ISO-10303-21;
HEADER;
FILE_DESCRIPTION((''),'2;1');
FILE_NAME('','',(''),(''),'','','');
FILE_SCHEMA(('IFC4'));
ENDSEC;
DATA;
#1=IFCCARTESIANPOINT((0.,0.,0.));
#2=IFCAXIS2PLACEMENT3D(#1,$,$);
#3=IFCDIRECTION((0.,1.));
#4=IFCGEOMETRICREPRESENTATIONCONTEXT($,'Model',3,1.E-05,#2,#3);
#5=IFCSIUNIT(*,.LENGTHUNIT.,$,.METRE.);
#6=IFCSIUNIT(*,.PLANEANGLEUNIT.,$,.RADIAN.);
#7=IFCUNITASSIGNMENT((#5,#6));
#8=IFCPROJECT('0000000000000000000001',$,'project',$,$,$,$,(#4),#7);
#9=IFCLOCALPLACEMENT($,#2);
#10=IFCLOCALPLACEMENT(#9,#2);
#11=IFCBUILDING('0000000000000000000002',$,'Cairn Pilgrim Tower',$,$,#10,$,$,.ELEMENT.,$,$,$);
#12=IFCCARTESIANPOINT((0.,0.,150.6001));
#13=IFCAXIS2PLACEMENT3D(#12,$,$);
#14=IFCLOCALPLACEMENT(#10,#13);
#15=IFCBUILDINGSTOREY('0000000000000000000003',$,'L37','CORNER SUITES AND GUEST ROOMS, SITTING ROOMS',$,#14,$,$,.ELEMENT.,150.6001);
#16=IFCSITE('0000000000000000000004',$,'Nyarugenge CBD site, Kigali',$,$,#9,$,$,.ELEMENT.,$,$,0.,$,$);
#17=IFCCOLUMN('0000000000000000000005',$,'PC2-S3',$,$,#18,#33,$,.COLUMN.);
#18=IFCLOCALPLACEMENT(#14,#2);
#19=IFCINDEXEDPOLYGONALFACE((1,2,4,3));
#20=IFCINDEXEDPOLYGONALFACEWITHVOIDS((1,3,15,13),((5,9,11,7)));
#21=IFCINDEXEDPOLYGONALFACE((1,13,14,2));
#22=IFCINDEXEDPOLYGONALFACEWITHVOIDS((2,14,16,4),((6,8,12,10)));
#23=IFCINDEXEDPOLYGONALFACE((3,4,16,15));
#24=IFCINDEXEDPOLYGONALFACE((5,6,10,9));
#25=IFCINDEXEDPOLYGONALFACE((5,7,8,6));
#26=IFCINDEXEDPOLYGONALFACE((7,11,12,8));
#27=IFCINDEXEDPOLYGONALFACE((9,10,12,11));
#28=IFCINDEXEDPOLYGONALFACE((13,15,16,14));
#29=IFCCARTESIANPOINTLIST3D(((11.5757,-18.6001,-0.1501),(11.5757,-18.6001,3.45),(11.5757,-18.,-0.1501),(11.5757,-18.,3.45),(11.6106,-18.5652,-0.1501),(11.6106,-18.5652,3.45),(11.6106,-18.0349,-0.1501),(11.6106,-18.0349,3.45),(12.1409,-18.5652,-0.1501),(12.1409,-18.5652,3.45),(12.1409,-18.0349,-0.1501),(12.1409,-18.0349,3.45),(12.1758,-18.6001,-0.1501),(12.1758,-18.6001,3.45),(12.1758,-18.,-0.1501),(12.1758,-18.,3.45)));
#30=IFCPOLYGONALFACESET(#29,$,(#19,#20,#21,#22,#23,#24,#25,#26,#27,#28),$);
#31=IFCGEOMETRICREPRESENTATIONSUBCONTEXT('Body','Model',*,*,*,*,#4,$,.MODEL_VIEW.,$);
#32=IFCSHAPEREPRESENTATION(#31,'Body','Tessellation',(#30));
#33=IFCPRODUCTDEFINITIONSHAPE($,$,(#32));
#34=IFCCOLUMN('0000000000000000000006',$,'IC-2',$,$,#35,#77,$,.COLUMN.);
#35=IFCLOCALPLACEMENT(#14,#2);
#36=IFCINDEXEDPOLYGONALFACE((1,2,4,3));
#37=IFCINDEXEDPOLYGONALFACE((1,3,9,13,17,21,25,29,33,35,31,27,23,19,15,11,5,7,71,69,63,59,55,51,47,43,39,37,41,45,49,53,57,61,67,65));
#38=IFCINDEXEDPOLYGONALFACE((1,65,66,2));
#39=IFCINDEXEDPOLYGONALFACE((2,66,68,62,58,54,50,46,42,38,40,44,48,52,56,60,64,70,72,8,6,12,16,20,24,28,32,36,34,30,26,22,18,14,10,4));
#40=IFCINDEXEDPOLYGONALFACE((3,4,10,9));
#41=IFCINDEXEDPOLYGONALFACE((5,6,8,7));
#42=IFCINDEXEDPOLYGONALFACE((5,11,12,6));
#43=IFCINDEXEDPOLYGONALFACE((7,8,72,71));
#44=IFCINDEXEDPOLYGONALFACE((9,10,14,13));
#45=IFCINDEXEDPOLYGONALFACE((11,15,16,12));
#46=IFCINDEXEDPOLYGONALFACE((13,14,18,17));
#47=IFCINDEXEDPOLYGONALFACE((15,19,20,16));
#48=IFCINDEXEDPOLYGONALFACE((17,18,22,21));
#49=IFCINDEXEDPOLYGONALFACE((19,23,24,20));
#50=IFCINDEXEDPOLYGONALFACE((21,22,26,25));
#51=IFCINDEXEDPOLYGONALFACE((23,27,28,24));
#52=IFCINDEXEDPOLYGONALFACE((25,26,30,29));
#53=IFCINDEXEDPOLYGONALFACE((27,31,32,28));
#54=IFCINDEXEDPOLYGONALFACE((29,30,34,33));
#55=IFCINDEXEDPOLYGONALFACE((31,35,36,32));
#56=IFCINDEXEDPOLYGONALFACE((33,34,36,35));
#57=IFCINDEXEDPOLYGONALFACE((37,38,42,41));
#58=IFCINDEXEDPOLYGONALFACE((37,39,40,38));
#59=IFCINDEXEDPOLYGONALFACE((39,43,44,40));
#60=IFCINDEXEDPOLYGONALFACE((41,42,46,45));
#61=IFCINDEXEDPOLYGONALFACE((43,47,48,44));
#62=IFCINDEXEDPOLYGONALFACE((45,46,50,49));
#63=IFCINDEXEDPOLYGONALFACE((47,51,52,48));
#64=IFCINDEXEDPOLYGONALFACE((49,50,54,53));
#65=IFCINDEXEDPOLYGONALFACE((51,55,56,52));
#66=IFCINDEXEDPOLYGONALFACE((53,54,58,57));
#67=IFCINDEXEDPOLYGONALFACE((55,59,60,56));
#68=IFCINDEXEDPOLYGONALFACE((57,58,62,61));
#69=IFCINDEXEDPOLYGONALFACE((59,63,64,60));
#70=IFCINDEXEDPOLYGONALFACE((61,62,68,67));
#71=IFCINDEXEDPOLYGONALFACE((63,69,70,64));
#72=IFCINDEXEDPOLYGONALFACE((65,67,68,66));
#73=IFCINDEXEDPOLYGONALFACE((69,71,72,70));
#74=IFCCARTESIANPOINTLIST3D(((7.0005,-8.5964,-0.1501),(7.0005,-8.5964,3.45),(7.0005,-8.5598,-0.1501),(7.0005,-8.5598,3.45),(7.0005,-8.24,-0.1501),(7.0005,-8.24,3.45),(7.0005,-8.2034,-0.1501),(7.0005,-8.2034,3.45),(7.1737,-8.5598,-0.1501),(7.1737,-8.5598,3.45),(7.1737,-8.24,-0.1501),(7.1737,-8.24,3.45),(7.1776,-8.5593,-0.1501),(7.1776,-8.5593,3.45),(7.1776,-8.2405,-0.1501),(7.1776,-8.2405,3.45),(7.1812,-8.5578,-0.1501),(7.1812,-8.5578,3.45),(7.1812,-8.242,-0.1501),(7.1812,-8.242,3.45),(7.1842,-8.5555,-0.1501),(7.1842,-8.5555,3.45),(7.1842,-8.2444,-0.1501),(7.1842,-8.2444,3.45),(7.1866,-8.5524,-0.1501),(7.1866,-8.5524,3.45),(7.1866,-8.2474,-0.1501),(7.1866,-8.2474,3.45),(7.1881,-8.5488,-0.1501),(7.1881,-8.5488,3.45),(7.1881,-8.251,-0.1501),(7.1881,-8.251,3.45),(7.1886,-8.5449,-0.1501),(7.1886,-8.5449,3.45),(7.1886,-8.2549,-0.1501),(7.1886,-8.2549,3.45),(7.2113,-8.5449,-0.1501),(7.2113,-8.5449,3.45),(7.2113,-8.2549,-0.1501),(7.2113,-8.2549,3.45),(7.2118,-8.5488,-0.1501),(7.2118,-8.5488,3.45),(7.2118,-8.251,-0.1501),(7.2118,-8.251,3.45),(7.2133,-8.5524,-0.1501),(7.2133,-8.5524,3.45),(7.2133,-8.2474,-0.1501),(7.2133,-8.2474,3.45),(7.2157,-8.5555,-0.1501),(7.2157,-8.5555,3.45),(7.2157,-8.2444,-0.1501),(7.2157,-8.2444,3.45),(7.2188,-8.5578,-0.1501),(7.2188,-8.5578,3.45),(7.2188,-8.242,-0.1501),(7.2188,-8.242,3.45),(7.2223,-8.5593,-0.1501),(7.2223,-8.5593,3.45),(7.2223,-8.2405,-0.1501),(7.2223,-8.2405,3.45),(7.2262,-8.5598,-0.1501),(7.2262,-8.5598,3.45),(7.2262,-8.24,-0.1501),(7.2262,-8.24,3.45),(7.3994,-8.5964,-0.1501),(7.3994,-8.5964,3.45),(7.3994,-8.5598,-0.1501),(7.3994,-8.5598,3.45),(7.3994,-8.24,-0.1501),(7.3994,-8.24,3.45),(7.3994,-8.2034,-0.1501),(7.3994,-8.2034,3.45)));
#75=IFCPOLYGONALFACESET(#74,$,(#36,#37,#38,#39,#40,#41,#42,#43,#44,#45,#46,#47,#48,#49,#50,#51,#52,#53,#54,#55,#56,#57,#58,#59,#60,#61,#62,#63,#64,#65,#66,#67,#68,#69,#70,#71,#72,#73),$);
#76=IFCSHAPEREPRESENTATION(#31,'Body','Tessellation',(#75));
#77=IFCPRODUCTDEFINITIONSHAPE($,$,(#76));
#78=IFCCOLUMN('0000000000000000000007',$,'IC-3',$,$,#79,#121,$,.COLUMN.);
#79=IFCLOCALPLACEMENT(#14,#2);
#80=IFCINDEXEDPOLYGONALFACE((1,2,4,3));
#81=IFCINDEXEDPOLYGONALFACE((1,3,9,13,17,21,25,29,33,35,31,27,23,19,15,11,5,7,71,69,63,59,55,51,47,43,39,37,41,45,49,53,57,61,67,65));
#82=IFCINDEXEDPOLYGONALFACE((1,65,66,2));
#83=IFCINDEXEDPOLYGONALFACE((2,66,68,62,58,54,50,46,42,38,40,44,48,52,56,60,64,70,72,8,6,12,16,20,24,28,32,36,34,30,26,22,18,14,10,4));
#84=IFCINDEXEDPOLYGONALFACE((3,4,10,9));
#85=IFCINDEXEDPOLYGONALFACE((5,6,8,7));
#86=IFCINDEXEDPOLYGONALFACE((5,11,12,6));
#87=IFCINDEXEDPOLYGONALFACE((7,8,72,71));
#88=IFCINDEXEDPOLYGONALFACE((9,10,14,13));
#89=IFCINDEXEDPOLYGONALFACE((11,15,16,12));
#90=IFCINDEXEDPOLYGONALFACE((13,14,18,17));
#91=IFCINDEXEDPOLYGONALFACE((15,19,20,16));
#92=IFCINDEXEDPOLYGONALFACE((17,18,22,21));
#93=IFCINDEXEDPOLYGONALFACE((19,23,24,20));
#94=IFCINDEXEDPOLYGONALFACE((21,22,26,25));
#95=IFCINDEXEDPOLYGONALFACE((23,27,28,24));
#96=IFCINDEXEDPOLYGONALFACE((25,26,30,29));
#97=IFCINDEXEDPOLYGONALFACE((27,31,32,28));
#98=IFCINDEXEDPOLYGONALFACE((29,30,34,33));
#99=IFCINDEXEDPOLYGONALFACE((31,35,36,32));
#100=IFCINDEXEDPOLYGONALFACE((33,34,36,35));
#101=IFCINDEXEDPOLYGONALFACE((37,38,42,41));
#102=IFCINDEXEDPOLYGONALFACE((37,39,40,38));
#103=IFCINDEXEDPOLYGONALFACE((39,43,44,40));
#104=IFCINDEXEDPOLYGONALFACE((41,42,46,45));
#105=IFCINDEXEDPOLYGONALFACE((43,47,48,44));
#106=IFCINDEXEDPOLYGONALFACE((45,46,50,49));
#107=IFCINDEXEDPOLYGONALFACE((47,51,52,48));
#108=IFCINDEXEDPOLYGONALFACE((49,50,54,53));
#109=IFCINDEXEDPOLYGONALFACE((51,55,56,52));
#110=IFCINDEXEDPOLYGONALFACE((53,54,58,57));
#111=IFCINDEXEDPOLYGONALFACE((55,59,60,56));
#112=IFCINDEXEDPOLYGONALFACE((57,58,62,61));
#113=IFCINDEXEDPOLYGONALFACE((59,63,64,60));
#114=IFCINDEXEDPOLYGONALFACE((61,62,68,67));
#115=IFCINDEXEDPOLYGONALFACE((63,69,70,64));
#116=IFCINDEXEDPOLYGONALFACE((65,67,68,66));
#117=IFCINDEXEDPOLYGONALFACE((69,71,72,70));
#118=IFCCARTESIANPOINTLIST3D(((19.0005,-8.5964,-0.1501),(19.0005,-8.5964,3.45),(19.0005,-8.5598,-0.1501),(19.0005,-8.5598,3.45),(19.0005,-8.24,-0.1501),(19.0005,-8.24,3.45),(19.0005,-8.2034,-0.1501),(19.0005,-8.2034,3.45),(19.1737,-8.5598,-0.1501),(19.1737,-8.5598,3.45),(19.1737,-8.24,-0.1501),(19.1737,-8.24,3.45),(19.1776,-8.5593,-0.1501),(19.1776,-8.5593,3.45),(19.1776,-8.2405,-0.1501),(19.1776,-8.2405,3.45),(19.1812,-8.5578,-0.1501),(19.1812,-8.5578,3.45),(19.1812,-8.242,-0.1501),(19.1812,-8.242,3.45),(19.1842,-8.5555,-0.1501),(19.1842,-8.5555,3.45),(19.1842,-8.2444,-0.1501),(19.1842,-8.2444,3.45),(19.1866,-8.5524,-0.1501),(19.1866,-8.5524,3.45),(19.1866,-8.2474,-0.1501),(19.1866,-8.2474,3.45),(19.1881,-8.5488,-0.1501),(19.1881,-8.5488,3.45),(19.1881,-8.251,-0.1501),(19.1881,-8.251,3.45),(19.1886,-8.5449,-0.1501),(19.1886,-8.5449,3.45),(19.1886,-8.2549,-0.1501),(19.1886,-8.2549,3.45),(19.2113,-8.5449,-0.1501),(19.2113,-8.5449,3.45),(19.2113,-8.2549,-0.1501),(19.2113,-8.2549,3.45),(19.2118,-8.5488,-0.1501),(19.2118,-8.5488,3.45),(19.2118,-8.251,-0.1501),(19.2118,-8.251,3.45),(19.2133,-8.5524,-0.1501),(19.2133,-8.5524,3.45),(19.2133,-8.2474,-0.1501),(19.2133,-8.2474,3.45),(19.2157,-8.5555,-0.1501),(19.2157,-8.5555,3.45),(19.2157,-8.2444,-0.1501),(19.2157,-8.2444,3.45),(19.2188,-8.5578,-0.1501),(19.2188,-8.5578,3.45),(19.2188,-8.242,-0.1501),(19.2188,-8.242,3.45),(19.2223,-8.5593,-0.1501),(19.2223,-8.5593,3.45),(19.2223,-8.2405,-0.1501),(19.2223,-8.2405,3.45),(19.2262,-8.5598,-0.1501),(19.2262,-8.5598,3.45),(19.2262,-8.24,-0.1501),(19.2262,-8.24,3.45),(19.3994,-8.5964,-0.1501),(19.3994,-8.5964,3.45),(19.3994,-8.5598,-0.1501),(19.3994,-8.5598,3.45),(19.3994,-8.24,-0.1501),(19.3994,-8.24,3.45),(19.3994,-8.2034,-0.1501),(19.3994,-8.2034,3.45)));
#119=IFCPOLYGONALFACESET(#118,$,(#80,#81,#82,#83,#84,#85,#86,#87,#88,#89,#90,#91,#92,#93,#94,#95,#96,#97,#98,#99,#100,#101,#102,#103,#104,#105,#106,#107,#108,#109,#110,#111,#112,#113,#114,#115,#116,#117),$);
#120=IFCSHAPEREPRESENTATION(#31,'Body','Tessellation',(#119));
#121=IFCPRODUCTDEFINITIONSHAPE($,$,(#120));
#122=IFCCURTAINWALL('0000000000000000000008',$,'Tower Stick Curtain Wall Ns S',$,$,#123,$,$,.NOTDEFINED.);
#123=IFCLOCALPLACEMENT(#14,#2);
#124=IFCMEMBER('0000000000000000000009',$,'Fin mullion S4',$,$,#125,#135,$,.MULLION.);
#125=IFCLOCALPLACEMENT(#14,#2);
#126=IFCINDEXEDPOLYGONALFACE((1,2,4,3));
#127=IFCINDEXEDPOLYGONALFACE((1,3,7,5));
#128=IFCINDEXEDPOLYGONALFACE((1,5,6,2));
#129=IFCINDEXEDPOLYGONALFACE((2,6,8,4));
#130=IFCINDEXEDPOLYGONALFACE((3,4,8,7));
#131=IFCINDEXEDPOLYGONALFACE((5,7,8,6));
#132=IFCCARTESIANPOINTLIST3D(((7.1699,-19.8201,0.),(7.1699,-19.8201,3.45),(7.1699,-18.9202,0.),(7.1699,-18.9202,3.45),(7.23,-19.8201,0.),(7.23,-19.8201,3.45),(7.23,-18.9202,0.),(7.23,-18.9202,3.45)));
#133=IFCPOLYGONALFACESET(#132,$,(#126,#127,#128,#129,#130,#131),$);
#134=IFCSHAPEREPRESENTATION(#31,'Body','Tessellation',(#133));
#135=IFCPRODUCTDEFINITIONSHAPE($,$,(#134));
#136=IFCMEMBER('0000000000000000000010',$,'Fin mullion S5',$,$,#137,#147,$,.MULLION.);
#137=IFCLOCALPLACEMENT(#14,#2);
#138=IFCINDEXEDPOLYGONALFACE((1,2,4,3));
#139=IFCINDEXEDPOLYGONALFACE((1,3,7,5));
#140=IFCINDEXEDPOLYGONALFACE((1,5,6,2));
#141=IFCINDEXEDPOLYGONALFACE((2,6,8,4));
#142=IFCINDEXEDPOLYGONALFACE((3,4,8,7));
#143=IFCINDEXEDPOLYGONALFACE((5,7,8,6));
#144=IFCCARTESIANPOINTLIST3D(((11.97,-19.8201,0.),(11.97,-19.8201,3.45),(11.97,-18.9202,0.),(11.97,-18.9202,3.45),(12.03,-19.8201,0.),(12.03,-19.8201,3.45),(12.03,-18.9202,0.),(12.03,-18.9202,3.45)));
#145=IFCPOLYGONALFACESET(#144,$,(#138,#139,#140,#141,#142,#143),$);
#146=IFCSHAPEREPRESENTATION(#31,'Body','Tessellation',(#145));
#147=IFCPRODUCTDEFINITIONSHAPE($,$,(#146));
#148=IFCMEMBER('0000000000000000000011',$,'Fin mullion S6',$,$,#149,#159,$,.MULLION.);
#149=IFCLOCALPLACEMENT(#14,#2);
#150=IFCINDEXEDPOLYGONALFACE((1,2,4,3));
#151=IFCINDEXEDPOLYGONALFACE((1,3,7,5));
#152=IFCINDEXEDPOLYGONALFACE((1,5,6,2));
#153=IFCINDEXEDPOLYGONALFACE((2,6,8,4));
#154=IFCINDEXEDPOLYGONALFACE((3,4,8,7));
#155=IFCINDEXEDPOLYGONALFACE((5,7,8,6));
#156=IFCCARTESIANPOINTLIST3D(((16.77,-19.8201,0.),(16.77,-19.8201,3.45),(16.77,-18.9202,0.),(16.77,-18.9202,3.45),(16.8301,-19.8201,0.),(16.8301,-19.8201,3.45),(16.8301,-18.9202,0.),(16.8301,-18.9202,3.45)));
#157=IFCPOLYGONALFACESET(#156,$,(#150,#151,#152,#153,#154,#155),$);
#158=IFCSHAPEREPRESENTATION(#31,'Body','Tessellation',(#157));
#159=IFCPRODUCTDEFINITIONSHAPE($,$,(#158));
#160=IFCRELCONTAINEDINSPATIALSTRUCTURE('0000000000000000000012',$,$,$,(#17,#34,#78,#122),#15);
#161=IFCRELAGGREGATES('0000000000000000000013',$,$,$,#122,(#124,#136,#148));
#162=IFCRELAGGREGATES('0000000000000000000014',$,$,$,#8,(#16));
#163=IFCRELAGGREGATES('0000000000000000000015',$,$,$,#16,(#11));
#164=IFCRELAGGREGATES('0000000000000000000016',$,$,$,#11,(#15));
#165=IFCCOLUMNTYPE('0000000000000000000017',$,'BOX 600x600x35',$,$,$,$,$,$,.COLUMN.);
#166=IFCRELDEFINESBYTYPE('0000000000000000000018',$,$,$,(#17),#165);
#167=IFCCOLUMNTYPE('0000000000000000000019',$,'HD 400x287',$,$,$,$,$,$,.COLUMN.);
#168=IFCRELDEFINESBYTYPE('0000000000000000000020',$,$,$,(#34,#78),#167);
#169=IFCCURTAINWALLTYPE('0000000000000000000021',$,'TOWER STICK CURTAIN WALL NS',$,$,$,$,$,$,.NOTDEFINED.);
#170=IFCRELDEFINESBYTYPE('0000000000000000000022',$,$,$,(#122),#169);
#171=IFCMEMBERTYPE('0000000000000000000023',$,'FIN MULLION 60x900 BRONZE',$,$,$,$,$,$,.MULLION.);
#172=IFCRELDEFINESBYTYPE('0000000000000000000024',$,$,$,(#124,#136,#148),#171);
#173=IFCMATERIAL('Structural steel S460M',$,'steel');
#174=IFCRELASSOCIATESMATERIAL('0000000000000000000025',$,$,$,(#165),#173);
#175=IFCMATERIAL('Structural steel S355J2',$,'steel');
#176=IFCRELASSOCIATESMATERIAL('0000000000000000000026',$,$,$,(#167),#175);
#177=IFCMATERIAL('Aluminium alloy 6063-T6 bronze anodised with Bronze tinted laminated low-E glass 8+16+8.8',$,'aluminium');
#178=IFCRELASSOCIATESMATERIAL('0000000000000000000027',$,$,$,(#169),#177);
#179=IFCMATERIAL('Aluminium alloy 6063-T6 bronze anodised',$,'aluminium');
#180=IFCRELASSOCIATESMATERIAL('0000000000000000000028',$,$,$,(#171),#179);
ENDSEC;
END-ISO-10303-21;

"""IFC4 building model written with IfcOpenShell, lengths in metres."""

from ifc_helpers import new_model, si_unit, direction, frame, origin, origin_2d, place, context, subcontext, project, spatial, rectangle, hollow_rectangle, i_section, extrude, material, material_profile, profile_set, type_object, element, aggregate, save


model = new_model("IFC4")

# Units and contexts
model_context = context("Model", 3, precision=1e-05, world=origin(), true_north=direction((0.0, 1.0)))
body_context = subcontext(model_context, "Body", "Model", "MODEL_VIEW")
ifc_project = project(units=[si_unit("LENGTHUNIT", "METRE"), si_unit("PLANEANGLEUNIT", "RADIAN")], contexts=[model_context])

# Site, building, storey
site_placement = place(None, origin())
site = spatial("IfcSite", under=ifc_project, at=site_placement, Name="Nyarugenge CBD site, Kigali", CompositionType="ELEMENT", RefElevation=0.0)
building_placement = place(site_placement, origin())
building = spatial("IfcBuilding", under=site, at=building_placement, Name="Cairn Pilgrim Tower", CompositionType="ELEMENT")
storey_placement = place(building_placement, frame((0.0, 0.0, 150.6001)))
storey = spatial("IfcBuildingStorey", under=building, at=storey_placement, Name="L37", Description="CORNER SUITES AND GUEST ROOMS, SITTING ROOMS", CompositionType="ELEMENT", Elevation=150.6001)

# Columns
ifc_material_1 = material(Name="Structural steel S460M", Category="steel")
ifc_material_profile_1 = material_profile(ifc_material_1, hollow_rectangle(XDim=0.6001, YDim=0.6001, WallThickness=0.0349, at=origin_2d()), Name="BOX 600x600x35")
ifc_profile_set_1 = profile_set([ifc_material_profile_1], Name="Structural steel S460M")
column_type_1 = type_object("IfcColumnType", Name="BOX 600x600x35", PredefinedType="COLUMN", material=ifc_profile_set_1)
column_placement = place(storey_placement, frame((11.8757, -18.3, -0.1501), z_axis=(0.0, 0.0, 1.0), x_axis=(1.0, 0.0, 0.0)))
element("IfcColumn", 1, at=column_placement, inside=storey, type_object=column_type_1, Name="PC2-S3", PredefinedType="COLUMN", context=body_context, shape_type="SweptSolid", body=[
    extrude(hollow_rectangle(XDim=0.6001, YDim=0.6001, WallThickness=0.0349, at=origin_2d()), origin(), (0.0, 0.0, 1.0), 3.6001),
])
ifc_material_2 = material(Name="Structural steel S355J2", Category="steel")
ifc_material_profile_2 = material_profile(ifc_material_2, i_section(OverallWidth=0.3989, OverallDepth=0.3931, WebThickness=0.0227, FlangeThickness=0.0366, FilletRadius=0.0149, at=origin_2d()), Name="HD 400x287")
ifc_profile_set_2 = profile_set([ifc_material_profile_2], Name="Structural steel S355J2")
column_type_2 = type_object("IfcColumnType", Name="HD 400x287", PredefinedType="COLUMN", material=ifc_profile_set_2)
for number, where, z_axis, x_axis, name in (
    (2, (7.2, -8.3999, -0.1501), (0.0, 0.0, 1.0), (1.0, 0.0, 0.0), "IC-2"),
    (3, (19.2, -8.3999, -0.1501), (0.0, 0.0, 1.0), (1.0, 0.0, 0.0), "IC-3"),
):
    element("IfcColumn", number, at=place(storey_placement, frame(where, z_axis=z_axis, x_axis=x_axis)), inside=storey, type_object=column_type_2, Name=name, PredefinedType="COLUMN", context=body_context, shape_type="SweptSolid", body=[
        extrude(i_section(OverallWidth=0.3989, OverallDepth=0.3931, WebThickness=0.0227, FlangeThickness=0.0366, FilletRadius=0.0149, at=origin_2d()), origin(), (0.0, 0.0, 1.0), 3.6001),
    ])

# Curtain wall, members
ifc_material_3 = material(Name="Aluminium alloy 6063-T6 bronze anodised with Bronze tinted laminated low-E glass 8+16+8.8", Category="aluminium")
curtain_wall_type = type_object("IfcCurtainWallType", Name="TOWER STICK CURTAIN WALL NS", PredefinedType="NOTDEFINED", material=ifc_material_3)
curtain_wall_placement = place(storey_placement, origin())
curtain_wall = element("IfcCurtainWall", 4, at=curtain_wall_placement, inside=storey, type_object=curtain_wall_type, Name="Tower Stick Curtain Wall Ns S", PredefinedType="NOTDEFINED")
ifc_material_4 = material(Name="Aluminium alloy 6063-T6 bronze anodised", Category="aluminium")
ifc_material_profile_3 = material_profile(ifc_material_4, rectangle(XDim=0.8999, YDim=0.0601, at=origin_2d()), Name="FIN MULLION 60x900 BRONZE")
ifc_profile_set_3 = profile_set([ifc_material_profile_3], Name="Aluminium alloy 6063-T6 bronze anodised")
member_type_1 = type_object("IfcMemberType", Name="FIN MULLION 60x900 BRONZE", PredefinedType="MULLION", material=ifc_profile_set_3)
member_1_placement = place(storey_placement, frame((7.2, -19.3701, 0.0), z_axis=(0.0, 0.0, 1.0), x_axis=(0.0, -1.0, 0.0)))
member_1 = element("IfcMember", 5, at=member_1_placement, type_object=member_type_1, Name="Fin mullion S4", PredefinedType="MULLION", context=body_context, shape_type="SweptSolid", body=[
    extrude(rectangle(XDim=0.8999, YDim=0.0601, at=origin_2d()), origin(), (0.0, 0.0, 1.0), 3.45),
])
member_2_placement = place(storey_placement, frame((12.0, -19.3701, 0.0), z_axis=(0.0, 0.0, 1.0), x_axis=(0.0, -1.0, 0.0)))
member_2 = element("IfcMember", 6, at=member_2_placement, type_object=member_type_1, Name="Fin mullion S5", PredefinedType="MULLION", context=body_context, shape_type="SweptSolid", body=[
    extrude(rectangle(XDim=0.8999, YDim=0.0601, at=origin_2d()), origin(), (0.0, 0.0, 1.0), 3.45),
])
member_3_placement = place(storey_placement, frame((16.8, -19.3701, 0.0), z_axis=(0.0, 0.0, 1.0), x_axis=(0.0, -1.0, 0.0)))
member_3 = element("IfcMember", 7, at=member_3_placement, type_object=member_type_1, Name="Fin mullion S6", PredefinedType="MULLION", context=body_context, shape_type="SweptSolid", body=[
    extrude(rectangle(XDim=0.8999, YDim=0.0601, at=origin_2d()), origin(), (0.0, 0.0, 1.0), 3.45),
])

aggregate(curtain_wall, [member_1, member_2, member_3])

save(model, "model.ifc")
